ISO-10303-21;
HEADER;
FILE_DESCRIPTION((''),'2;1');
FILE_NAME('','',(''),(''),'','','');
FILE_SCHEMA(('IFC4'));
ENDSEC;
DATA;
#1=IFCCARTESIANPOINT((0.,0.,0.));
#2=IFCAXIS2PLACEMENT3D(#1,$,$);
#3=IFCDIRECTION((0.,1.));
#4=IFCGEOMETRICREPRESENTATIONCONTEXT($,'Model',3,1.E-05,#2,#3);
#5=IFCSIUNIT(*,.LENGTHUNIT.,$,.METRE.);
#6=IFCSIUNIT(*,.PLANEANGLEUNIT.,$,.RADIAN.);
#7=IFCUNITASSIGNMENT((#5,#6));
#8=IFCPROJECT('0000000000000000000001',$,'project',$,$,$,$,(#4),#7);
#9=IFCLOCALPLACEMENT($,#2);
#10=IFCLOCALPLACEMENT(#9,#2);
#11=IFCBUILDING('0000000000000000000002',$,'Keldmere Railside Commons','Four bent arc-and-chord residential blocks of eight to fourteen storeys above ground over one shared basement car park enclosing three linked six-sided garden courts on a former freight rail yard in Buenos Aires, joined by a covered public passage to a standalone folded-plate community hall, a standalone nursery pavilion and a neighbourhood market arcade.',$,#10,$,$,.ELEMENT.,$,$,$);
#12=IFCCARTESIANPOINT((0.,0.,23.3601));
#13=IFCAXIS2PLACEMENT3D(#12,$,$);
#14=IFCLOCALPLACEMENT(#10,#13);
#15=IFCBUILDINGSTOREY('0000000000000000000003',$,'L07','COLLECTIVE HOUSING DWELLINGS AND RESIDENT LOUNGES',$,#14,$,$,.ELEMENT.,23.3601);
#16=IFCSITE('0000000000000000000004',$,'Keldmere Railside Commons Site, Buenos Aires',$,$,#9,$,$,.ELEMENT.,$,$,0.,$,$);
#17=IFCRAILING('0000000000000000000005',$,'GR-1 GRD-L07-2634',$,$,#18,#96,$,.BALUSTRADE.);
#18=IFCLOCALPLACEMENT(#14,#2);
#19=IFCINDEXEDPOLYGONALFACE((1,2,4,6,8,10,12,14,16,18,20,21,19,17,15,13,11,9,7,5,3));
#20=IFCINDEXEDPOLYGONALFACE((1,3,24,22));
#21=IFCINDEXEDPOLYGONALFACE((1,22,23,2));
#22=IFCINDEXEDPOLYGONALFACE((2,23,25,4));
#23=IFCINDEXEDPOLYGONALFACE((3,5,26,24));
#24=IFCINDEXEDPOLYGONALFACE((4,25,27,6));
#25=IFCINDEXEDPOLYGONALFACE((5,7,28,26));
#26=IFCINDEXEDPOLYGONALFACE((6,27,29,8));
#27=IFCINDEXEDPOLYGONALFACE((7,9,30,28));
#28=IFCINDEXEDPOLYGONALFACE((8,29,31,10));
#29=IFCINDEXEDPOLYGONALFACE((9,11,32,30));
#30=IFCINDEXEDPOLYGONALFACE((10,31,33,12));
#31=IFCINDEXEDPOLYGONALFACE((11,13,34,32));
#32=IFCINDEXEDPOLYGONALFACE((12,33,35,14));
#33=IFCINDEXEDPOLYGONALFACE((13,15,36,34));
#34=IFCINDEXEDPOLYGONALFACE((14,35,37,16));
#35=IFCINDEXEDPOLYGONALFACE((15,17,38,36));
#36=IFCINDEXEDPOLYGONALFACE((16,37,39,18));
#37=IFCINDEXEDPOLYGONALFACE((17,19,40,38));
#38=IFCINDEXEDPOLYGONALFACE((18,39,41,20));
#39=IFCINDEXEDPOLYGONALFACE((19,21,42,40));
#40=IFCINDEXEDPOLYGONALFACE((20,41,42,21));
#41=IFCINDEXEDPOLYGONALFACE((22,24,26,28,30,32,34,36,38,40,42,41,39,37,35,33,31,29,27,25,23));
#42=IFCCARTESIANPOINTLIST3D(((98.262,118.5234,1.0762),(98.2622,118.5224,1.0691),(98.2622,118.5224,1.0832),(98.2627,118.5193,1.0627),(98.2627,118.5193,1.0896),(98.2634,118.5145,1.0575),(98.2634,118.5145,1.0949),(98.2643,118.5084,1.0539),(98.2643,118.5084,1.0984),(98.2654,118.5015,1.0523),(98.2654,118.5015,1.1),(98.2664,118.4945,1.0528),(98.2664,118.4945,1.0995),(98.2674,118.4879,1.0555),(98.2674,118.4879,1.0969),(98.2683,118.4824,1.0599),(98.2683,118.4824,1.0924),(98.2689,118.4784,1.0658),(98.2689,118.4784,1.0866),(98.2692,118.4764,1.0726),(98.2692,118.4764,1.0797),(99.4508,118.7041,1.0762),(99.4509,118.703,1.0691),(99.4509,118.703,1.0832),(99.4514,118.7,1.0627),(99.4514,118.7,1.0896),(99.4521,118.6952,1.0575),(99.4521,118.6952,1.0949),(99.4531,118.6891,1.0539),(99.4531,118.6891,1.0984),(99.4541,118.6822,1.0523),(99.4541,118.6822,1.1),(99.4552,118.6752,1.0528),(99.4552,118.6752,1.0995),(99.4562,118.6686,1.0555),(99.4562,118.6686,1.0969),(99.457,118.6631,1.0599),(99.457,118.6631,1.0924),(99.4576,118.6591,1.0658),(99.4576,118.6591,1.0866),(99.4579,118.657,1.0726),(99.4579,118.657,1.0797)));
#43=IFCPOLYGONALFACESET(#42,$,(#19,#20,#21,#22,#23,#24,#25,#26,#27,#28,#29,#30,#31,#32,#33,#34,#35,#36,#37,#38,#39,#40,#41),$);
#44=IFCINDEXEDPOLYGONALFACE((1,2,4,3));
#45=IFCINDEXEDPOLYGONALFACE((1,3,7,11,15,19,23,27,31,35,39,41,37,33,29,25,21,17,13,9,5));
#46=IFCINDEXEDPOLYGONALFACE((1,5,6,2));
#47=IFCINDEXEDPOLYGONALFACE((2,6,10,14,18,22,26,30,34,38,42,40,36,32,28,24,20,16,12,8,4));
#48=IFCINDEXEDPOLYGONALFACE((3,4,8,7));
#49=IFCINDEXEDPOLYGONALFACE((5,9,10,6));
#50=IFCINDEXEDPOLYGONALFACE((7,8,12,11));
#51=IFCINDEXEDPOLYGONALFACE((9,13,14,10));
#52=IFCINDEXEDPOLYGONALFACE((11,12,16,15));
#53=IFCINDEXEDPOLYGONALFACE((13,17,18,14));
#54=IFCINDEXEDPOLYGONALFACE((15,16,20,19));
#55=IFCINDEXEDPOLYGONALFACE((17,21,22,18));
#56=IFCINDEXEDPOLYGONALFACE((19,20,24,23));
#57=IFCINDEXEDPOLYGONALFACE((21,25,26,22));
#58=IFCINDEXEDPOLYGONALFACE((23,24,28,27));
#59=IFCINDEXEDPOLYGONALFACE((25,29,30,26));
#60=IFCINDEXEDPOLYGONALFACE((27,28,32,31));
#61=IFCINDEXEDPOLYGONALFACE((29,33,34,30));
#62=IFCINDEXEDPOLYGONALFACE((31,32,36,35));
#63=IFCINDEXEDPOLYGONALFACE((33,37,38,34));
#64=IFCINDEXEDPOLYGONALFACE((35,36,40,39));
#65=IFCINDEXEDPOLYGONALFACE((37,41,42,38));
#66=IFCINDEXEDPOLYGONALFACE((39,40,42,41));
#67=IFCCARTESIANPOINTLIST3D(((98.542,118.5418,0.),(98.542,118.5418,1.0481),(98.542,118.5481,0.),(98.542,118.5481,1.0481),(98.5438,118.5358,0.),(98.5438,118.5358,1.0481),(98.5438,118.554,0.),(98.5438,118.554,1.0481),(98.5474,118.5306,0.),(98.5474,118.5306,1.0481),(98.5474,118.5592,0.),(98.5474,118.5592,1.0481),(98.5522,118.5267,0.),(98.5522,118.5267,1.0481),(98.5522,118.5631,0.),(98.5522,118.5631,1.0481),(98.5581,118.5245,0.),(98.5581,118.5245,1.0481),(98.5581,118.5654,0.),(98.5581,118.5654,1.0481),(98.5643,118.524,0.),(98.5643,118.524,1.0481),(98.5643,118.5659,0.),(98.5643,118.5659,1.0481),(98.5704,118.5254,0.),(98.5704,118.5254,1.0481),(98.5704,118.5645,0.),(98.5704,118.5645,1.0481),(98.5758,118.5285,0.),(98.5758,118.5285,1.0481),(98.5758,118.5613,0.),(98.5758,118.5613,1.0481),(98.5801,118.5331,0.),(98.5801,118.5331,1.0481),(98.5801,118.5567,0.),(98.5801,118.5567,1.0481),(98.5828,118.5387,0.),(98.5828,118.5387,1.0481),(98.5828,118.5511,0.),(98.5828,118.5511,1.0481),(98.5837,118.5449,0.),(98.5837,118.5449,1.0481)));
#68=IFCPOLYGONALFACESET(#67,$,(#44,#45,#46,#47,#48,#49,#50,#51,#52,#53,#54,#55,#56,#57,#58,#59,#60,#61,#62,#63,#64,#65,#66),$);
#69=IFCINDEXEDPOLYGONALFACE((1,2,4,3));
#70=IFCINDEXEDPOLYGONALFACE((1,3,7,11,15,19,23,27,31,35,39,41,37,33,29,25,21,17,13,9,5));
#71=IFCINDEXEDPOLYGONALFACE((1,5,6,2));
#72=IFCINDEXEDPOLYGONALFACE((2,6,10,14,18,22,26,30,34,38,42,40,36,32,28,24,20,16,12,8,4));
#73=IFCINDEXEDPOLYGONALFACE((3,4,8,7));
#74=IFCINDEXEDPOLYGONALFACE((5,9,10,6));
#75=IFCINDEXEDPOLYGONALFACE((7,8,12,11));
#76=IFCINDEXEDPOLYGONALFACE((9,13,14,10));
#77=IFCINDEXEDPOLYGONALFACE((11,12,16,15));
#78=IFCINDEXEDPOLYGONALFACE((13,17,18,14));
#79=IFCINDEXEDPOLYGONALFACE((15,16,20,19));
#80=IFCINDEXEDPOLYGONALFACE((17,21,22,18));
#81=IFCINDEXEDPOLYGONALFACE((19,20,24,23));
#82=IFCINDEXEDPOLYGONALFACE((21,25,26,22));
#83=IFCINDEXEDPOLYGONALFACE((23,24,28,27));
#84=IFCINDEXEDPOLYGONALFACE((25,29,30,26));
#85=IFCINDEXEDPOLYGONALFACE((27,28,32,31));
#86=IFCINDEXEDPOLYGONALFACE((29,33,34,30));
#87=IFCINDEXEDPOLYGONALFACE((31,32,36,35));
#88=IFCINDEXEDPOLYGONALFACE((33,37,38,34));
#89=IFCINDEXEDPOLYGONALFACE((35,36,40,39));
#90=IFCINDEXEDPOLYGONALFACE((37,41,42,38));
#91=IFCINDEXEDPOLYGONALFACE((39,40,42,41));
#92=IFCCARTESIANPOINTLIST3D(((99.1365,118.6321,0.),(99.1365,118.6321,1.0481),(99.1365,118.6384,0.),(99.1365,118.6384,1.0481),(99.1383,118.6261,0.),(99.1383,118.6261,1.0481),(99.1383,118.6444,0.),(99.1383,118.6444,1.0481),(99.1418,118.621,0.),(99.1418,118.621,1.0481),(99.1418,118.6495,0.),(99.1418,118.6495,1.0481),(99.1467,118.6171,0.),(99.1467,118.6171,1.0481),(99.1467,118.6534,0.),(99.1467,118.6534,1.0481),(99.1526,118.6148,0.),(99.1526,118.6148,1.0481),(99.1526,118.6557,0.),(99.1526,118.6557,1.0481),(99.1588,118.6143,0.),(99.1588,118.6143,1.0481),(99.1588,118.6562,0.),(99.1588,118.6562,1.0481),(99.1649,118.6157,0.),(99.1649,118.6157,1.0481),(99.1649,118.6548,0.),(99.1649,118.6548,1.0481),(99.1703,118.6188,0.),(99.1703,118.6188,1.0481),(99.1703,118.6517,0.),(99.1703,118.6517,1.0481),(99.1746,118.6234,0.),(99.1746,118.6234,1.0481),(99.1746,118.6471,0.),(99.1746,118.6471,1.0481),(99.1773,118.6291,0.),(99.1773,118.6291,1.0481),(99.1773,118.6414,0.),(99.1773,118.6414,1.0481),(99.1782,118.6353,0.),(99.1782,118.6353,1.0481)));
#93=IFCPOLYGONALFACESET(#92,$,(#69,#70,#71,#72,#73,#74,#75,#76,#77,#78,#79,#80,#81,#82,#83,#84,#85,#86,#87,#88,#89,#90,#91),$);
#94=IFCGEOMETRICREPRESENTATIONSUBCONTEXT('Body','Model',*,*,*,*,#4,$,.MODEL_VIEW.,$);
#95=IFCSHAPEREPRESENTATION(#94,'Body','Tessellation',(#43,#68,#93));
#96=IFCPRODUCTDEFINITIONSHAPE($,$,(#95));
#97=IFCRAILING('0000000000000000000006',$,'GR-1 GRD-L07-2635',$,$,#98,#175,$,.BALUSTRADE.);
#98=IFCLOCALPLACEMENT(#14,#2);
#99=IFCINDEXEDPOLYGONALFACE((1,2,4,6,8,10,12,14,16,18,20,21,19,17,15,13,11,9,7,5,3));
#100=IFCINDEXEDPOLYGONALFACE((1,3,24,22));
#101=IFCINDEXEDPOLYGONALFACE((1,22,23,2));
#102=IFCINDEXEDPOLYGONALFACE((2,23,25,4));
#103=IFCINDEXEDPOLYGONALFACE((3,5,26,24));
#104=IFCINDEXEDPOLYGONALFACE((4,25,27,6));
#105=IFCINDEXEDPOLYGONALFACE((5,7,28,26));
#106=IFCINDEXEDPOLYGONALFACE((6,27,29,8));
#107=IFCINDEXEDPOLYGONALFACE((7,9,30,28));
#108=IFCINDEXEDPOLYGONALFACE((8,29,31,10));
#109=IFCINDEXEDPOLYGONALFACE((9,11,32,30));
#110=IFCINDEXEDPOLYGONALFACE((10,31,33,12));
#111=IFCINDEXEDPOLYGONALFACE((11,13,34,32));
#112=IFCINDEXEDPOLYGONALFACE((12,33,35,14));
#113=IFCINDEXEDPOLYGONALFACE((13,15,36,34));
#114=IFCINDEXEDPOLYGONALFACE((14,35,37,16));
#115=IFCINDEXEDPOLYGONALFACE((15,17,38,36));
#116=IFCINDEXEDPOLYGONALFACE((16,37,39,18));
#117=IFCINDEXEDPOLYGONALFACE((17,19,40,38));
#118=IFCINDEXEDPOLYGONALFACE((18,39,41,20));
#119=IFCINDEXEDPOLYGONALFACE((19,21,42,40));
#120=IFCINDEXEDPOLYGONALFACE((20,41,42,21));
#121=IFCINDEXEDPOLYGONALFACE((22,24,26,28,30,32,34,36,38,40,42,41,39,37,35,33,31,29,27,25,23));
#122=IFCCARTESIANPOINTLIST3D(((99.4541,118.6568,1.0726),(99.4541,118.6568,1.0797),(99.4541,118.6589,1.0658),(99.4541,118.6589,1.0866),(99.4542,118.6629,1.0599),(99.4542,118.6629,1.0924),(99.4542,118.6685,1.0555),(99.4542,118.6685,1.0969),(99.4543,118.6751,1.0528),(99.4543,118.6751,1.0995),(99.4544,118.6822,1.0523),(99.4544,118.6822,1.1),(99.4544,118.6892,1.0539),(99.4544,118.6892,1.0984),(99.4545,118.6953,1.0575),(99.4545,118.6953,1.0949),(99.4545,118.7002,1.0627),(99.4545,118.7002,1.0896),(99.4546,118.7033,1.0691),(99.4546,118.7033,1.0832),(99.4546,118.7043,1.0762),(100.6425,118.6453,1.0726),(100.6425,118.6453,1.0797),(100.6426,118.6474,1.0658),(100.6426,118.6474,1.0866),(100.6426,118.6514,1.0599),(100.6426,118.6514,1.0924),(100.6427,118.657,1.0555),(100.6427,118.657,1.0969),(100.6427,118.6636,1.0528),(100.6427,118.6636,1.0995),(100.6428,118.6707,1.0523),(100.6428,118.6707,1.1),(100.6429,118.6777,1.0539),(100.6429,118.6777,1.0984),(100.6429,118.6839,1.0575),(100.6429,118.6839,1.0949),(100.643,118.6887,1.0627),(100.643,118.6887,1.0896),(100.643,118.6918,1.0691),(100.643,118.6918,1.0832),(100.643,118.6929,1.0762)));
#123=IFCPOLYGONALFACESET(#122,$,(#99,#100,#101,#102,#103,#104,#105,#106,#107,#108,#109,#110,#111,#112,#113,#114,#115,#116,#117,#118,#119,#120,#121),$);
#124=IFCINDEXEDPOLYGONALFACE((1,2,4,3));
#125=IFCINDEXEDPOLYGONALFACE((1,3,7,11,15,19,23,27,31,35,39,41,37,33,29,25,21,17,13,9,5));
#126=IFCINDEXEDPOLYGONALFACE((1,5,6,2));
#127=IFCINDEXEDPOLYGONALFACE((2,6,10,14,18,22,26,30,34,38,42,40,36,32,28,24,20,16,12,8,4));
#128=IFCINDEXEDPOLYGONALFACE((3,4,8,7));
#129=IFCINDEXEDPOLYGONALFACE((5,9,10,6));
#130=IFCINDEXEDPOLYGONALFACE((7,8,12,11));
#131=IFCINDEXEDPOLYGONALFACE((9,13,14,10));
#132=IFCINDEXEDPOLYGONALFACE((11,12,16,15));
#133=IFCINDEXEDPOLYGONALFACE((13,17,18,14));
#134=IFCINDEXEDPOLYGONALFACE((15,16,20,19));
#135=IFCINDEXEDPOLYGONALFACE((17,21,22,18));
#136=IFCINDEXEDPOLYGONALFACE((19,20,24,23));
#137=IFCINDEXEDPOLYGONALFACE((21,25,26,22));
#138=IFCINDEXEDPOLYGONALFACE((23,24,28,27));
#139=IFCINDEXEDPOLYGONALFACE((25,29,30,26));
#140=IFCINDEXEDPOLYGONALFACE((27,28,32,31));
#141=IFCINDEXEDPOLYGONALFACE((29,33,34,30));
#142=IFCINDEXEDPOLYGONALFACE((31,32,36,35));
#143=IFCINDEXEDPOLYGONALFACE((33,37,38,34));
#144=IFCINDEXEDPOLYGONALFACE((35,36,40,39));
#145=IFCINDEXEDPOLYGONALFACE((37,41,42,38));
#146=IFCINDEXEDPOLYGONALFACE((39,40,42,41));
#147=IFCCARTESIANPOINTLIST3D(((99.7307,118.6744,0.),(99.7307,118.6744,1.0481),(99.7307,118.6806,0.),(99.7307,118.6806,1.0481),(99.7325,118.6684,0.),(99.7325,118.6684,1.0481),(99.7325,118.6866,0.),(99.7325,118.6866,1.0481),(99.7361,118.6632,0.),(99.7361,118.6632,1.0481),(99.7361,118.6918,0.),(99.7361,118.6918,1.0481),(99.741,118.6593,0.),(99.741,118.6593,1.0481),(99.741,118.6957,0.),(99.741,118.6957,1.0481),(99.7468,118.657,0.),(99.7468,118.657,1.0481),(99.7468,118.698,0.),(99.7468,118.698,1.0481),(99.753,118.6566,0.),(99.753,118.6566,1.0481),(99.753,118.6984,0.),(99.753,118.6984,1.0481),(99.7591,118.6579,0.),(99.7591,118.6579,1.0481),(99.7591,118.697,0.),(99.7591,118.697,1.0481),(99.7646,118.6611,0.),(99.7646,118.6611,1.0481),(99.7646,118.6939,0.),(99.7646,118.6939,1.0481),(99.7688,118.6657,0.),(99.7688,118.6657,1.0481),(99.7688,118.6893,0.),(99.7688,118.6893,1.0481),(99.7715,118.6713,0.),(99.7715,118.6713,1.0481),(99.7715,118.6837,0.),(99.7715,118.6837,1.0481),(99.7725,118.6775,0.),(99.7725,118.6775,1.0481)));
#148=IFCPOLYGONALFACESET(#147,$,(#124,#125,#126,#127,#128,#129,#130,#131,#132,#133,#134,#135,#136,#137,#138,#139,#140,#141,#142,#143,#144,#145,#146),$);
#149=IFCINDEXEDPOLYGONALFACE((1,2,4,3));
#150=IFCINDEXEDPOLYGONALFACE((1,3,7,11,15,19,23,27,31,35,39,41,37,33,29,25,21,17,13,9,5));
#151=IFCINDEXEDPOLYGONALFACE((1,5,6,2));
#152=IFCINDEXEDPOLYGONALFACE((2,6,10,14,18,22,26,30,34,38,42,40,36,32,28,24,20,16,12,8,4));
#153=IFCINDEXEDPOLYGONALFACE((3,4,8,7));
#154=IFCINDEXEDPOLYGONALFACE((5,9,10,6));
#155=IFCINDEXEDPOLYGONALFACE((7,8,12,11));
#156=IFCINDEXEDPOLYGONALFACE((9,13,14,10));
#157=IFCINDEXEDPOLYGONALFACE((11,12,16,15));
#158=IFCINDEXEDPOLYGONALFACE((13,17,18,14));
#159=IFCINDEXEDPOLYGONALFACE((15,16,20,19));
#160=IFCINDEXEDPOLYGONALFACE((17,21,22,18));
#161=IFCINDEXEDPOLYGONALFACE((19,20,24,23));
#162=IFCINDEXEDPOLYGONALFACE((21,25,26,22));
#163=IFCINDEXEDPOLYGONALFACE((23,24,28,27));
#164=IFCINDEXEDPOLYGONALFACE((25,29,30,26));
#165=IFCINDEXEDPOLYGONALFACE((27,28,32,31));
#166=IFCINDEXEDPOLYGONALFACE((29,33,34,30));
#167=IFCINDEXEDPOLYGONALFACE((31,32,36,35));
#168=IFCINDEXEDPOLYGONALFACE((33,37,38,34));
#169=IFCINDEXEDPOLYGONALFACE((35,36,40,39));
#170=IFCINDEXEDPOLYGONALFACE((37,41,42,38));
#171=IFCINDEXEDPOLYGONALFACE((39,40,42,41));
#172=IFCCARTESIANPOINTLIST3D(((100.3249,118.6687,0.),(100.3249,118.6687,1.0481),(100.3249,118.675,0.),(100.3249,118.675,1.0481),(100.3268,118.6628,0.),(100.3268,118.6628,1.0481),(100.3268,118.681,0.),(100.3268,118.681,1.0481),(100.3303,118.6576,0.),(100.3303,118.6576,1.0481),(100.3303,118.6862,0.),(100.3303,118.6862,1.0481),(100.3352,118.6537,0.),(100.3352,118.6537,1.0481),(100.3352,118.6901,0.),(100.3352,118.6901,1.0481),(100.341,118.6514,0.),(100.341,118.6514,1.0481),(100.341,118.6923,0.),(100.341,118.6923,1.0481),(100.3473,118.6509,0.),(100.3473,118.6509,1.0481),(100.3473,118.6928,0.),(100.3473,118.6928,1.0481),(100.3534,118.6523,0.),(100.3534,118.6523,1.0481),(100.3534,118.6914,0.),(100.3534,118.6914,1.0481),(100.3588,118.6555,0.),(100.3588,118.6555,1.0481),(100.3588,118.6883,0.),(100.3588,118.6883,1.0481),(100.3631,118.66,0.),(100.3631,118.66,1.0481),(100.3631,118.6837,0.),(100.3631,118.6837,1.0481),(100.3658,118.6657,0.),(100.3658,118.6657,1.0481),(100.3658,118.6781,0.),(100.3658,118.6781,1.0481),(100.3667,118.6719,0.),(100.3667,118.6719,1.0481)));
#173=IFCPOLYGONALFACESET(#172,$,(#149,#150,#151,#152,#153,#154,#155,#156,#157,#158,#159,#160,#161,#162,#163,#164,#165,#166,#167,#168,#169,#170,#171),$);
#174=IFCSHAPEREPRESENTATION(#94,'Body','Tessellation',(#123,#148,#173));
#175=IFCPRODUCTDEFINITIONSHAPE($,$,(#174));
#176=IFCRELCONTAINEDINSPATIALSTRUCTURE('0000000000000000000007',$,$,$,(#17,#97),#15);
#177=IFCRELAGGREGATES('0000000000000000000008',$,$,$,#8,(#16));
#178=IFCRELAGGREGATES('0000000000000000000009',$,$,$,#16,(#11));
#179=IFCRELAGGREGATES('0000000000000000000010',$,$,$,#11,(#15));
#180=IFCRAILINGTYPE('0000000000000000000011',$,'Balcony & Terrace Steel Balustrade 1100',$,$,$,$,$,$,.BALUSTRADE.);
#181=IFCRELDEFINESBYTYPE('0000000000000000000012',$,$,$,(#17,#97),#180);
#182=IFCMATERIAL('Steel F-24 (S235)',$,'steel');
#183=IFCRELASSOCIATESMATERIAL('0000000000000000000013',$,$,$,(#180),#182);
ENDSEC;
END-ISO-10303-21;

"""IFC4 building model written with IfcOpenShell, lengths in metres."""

from ifc_helpers import new_model, si_unit, direction, frame, origin, origin_2d, place, context, subcontext, project, spatial, circle, extrude, material, type_object, element, save


model = new_model("IFC4")

# Units and contexts
model_context = context("Model", 3, precision=1e-05, world=origin(), true_north=direction((0.0, 1.0)))
body_context = subcontext(model_context, "Body", "Model", "MODEL_VIEW")
ifc_project = project(units=[si_unit("LENGTHUNIT", "METRE"), si_unit("PLANEANGLEUNIT", "RADIAN")], contexts=[model_context])

# Site, building, storey
site_placement = place(None, origin())
site = spatial("IfcSite", under=ifc_project, at=site_placement, Name="Keldmere Railside Commons Site, Buenos Aires", CompositionType="ELEMENT", RefElevation=0.0)
building_placement = place(site_placement, origin())
building = spatial("IfcBuilding", under=site, at=building_placement, Name="Keldmere Railside Commons", Description="Four bent arc-and-chord residential blocks of eight to fourteen storeys above ground over one shared basement car park enclosing three linked six-sided garden courts on a former freight rail yard in Buenos Aires, joined by a covered public passage to a standalone folded-plate community hall, a standalone nursery pavilion and a neighbourhood market arcade.", CompositionType="ELEMENT")
storey_placement = place(building_placement, frame((0.0, 0.0, 23.3601)))
storey = spatial("IfcBuildingStorey", under=building, at=storey_placement, Name="L07", Description="COLLECTIVE HOUSING DWELLINGS AND RESIDENT LOUNGES", CompositionType="ELEMENT", Elevation=23.3601)

# Railings
ifc_material_1 = material(Name="Steel F-24 (S235)", Category="steel")
railing_type = type_object("IfcRailingType", Name="Balcony & Terrace Steel Balustrade 1100", PredefinedType="BALUSTRADE", material=ifc_material_1)
railing_1_placement = place(storey_placement, frame((98.2656, 118.4998, 0.0)))
element("IfcRailing", 1, at=railing_1_placement, inside=storey, type_object=railing_type, Name="GR-1 GRD-L07-2634", PredefinedType="BALUSTRADE", context=body_context, shape_type="SweptSolid", body=[
    extrude(circle(Radius=0.0239, at=origin_2d()), frame((0.0, 0.0, 1.0762), z_axis=(0.988647, 0.150256, 0.0), x_axis=(-0.150256, 0.988647, 0.0)), (0.0, 0.0, 1.0), 1.2024),
    extrude(circle(Radius=0.021, at=origin_2d()), frame((0.2971, 0.0452, 0.0)), (0.0, 0.0, 1.0), 1.0481),
    extrude(circle(Radius=0.021, at=origin_2d()), frame((0.8916, 0.1355, 0.0)), (0.0, 0.0, 1.0), 1.0481),
])
railing_2_placement = place(storey_placement, frame((99.4543, 118.6804, 0.0)))
element("IfcRailing", 2, at=railing_2_placement, inside=storey, type_object=railing_type, Name="GR-1 GRD-L07-2635", PredefinedType="BALUSTRADE", context=body_context, shape_type="SweptSolid", body=[
    extrude(circle(Radius=0.0239, at=origin_2d()), frame((0.0, 0.0, 1.0762), z_axis=(0.999953, -0.009654, 0.0), x_axis=(0.009654, 0.999953, 0.0)), (0.0, 0.0, 1.0), 1.1885),
    extrude(circle(Radius=0.021, at=origin_2d()), frame((0.2971, -0.0029, 0.0)), (0.0, 0.0, 1.0), 1.0481),
    extrude(circle(Radius=0.021, at=origin_2d()), frame((0.8914, -0.0085, 0.0)), (0.0, 0.0, 1.0), 1.0481),
])

save(model, "model.ifc")
